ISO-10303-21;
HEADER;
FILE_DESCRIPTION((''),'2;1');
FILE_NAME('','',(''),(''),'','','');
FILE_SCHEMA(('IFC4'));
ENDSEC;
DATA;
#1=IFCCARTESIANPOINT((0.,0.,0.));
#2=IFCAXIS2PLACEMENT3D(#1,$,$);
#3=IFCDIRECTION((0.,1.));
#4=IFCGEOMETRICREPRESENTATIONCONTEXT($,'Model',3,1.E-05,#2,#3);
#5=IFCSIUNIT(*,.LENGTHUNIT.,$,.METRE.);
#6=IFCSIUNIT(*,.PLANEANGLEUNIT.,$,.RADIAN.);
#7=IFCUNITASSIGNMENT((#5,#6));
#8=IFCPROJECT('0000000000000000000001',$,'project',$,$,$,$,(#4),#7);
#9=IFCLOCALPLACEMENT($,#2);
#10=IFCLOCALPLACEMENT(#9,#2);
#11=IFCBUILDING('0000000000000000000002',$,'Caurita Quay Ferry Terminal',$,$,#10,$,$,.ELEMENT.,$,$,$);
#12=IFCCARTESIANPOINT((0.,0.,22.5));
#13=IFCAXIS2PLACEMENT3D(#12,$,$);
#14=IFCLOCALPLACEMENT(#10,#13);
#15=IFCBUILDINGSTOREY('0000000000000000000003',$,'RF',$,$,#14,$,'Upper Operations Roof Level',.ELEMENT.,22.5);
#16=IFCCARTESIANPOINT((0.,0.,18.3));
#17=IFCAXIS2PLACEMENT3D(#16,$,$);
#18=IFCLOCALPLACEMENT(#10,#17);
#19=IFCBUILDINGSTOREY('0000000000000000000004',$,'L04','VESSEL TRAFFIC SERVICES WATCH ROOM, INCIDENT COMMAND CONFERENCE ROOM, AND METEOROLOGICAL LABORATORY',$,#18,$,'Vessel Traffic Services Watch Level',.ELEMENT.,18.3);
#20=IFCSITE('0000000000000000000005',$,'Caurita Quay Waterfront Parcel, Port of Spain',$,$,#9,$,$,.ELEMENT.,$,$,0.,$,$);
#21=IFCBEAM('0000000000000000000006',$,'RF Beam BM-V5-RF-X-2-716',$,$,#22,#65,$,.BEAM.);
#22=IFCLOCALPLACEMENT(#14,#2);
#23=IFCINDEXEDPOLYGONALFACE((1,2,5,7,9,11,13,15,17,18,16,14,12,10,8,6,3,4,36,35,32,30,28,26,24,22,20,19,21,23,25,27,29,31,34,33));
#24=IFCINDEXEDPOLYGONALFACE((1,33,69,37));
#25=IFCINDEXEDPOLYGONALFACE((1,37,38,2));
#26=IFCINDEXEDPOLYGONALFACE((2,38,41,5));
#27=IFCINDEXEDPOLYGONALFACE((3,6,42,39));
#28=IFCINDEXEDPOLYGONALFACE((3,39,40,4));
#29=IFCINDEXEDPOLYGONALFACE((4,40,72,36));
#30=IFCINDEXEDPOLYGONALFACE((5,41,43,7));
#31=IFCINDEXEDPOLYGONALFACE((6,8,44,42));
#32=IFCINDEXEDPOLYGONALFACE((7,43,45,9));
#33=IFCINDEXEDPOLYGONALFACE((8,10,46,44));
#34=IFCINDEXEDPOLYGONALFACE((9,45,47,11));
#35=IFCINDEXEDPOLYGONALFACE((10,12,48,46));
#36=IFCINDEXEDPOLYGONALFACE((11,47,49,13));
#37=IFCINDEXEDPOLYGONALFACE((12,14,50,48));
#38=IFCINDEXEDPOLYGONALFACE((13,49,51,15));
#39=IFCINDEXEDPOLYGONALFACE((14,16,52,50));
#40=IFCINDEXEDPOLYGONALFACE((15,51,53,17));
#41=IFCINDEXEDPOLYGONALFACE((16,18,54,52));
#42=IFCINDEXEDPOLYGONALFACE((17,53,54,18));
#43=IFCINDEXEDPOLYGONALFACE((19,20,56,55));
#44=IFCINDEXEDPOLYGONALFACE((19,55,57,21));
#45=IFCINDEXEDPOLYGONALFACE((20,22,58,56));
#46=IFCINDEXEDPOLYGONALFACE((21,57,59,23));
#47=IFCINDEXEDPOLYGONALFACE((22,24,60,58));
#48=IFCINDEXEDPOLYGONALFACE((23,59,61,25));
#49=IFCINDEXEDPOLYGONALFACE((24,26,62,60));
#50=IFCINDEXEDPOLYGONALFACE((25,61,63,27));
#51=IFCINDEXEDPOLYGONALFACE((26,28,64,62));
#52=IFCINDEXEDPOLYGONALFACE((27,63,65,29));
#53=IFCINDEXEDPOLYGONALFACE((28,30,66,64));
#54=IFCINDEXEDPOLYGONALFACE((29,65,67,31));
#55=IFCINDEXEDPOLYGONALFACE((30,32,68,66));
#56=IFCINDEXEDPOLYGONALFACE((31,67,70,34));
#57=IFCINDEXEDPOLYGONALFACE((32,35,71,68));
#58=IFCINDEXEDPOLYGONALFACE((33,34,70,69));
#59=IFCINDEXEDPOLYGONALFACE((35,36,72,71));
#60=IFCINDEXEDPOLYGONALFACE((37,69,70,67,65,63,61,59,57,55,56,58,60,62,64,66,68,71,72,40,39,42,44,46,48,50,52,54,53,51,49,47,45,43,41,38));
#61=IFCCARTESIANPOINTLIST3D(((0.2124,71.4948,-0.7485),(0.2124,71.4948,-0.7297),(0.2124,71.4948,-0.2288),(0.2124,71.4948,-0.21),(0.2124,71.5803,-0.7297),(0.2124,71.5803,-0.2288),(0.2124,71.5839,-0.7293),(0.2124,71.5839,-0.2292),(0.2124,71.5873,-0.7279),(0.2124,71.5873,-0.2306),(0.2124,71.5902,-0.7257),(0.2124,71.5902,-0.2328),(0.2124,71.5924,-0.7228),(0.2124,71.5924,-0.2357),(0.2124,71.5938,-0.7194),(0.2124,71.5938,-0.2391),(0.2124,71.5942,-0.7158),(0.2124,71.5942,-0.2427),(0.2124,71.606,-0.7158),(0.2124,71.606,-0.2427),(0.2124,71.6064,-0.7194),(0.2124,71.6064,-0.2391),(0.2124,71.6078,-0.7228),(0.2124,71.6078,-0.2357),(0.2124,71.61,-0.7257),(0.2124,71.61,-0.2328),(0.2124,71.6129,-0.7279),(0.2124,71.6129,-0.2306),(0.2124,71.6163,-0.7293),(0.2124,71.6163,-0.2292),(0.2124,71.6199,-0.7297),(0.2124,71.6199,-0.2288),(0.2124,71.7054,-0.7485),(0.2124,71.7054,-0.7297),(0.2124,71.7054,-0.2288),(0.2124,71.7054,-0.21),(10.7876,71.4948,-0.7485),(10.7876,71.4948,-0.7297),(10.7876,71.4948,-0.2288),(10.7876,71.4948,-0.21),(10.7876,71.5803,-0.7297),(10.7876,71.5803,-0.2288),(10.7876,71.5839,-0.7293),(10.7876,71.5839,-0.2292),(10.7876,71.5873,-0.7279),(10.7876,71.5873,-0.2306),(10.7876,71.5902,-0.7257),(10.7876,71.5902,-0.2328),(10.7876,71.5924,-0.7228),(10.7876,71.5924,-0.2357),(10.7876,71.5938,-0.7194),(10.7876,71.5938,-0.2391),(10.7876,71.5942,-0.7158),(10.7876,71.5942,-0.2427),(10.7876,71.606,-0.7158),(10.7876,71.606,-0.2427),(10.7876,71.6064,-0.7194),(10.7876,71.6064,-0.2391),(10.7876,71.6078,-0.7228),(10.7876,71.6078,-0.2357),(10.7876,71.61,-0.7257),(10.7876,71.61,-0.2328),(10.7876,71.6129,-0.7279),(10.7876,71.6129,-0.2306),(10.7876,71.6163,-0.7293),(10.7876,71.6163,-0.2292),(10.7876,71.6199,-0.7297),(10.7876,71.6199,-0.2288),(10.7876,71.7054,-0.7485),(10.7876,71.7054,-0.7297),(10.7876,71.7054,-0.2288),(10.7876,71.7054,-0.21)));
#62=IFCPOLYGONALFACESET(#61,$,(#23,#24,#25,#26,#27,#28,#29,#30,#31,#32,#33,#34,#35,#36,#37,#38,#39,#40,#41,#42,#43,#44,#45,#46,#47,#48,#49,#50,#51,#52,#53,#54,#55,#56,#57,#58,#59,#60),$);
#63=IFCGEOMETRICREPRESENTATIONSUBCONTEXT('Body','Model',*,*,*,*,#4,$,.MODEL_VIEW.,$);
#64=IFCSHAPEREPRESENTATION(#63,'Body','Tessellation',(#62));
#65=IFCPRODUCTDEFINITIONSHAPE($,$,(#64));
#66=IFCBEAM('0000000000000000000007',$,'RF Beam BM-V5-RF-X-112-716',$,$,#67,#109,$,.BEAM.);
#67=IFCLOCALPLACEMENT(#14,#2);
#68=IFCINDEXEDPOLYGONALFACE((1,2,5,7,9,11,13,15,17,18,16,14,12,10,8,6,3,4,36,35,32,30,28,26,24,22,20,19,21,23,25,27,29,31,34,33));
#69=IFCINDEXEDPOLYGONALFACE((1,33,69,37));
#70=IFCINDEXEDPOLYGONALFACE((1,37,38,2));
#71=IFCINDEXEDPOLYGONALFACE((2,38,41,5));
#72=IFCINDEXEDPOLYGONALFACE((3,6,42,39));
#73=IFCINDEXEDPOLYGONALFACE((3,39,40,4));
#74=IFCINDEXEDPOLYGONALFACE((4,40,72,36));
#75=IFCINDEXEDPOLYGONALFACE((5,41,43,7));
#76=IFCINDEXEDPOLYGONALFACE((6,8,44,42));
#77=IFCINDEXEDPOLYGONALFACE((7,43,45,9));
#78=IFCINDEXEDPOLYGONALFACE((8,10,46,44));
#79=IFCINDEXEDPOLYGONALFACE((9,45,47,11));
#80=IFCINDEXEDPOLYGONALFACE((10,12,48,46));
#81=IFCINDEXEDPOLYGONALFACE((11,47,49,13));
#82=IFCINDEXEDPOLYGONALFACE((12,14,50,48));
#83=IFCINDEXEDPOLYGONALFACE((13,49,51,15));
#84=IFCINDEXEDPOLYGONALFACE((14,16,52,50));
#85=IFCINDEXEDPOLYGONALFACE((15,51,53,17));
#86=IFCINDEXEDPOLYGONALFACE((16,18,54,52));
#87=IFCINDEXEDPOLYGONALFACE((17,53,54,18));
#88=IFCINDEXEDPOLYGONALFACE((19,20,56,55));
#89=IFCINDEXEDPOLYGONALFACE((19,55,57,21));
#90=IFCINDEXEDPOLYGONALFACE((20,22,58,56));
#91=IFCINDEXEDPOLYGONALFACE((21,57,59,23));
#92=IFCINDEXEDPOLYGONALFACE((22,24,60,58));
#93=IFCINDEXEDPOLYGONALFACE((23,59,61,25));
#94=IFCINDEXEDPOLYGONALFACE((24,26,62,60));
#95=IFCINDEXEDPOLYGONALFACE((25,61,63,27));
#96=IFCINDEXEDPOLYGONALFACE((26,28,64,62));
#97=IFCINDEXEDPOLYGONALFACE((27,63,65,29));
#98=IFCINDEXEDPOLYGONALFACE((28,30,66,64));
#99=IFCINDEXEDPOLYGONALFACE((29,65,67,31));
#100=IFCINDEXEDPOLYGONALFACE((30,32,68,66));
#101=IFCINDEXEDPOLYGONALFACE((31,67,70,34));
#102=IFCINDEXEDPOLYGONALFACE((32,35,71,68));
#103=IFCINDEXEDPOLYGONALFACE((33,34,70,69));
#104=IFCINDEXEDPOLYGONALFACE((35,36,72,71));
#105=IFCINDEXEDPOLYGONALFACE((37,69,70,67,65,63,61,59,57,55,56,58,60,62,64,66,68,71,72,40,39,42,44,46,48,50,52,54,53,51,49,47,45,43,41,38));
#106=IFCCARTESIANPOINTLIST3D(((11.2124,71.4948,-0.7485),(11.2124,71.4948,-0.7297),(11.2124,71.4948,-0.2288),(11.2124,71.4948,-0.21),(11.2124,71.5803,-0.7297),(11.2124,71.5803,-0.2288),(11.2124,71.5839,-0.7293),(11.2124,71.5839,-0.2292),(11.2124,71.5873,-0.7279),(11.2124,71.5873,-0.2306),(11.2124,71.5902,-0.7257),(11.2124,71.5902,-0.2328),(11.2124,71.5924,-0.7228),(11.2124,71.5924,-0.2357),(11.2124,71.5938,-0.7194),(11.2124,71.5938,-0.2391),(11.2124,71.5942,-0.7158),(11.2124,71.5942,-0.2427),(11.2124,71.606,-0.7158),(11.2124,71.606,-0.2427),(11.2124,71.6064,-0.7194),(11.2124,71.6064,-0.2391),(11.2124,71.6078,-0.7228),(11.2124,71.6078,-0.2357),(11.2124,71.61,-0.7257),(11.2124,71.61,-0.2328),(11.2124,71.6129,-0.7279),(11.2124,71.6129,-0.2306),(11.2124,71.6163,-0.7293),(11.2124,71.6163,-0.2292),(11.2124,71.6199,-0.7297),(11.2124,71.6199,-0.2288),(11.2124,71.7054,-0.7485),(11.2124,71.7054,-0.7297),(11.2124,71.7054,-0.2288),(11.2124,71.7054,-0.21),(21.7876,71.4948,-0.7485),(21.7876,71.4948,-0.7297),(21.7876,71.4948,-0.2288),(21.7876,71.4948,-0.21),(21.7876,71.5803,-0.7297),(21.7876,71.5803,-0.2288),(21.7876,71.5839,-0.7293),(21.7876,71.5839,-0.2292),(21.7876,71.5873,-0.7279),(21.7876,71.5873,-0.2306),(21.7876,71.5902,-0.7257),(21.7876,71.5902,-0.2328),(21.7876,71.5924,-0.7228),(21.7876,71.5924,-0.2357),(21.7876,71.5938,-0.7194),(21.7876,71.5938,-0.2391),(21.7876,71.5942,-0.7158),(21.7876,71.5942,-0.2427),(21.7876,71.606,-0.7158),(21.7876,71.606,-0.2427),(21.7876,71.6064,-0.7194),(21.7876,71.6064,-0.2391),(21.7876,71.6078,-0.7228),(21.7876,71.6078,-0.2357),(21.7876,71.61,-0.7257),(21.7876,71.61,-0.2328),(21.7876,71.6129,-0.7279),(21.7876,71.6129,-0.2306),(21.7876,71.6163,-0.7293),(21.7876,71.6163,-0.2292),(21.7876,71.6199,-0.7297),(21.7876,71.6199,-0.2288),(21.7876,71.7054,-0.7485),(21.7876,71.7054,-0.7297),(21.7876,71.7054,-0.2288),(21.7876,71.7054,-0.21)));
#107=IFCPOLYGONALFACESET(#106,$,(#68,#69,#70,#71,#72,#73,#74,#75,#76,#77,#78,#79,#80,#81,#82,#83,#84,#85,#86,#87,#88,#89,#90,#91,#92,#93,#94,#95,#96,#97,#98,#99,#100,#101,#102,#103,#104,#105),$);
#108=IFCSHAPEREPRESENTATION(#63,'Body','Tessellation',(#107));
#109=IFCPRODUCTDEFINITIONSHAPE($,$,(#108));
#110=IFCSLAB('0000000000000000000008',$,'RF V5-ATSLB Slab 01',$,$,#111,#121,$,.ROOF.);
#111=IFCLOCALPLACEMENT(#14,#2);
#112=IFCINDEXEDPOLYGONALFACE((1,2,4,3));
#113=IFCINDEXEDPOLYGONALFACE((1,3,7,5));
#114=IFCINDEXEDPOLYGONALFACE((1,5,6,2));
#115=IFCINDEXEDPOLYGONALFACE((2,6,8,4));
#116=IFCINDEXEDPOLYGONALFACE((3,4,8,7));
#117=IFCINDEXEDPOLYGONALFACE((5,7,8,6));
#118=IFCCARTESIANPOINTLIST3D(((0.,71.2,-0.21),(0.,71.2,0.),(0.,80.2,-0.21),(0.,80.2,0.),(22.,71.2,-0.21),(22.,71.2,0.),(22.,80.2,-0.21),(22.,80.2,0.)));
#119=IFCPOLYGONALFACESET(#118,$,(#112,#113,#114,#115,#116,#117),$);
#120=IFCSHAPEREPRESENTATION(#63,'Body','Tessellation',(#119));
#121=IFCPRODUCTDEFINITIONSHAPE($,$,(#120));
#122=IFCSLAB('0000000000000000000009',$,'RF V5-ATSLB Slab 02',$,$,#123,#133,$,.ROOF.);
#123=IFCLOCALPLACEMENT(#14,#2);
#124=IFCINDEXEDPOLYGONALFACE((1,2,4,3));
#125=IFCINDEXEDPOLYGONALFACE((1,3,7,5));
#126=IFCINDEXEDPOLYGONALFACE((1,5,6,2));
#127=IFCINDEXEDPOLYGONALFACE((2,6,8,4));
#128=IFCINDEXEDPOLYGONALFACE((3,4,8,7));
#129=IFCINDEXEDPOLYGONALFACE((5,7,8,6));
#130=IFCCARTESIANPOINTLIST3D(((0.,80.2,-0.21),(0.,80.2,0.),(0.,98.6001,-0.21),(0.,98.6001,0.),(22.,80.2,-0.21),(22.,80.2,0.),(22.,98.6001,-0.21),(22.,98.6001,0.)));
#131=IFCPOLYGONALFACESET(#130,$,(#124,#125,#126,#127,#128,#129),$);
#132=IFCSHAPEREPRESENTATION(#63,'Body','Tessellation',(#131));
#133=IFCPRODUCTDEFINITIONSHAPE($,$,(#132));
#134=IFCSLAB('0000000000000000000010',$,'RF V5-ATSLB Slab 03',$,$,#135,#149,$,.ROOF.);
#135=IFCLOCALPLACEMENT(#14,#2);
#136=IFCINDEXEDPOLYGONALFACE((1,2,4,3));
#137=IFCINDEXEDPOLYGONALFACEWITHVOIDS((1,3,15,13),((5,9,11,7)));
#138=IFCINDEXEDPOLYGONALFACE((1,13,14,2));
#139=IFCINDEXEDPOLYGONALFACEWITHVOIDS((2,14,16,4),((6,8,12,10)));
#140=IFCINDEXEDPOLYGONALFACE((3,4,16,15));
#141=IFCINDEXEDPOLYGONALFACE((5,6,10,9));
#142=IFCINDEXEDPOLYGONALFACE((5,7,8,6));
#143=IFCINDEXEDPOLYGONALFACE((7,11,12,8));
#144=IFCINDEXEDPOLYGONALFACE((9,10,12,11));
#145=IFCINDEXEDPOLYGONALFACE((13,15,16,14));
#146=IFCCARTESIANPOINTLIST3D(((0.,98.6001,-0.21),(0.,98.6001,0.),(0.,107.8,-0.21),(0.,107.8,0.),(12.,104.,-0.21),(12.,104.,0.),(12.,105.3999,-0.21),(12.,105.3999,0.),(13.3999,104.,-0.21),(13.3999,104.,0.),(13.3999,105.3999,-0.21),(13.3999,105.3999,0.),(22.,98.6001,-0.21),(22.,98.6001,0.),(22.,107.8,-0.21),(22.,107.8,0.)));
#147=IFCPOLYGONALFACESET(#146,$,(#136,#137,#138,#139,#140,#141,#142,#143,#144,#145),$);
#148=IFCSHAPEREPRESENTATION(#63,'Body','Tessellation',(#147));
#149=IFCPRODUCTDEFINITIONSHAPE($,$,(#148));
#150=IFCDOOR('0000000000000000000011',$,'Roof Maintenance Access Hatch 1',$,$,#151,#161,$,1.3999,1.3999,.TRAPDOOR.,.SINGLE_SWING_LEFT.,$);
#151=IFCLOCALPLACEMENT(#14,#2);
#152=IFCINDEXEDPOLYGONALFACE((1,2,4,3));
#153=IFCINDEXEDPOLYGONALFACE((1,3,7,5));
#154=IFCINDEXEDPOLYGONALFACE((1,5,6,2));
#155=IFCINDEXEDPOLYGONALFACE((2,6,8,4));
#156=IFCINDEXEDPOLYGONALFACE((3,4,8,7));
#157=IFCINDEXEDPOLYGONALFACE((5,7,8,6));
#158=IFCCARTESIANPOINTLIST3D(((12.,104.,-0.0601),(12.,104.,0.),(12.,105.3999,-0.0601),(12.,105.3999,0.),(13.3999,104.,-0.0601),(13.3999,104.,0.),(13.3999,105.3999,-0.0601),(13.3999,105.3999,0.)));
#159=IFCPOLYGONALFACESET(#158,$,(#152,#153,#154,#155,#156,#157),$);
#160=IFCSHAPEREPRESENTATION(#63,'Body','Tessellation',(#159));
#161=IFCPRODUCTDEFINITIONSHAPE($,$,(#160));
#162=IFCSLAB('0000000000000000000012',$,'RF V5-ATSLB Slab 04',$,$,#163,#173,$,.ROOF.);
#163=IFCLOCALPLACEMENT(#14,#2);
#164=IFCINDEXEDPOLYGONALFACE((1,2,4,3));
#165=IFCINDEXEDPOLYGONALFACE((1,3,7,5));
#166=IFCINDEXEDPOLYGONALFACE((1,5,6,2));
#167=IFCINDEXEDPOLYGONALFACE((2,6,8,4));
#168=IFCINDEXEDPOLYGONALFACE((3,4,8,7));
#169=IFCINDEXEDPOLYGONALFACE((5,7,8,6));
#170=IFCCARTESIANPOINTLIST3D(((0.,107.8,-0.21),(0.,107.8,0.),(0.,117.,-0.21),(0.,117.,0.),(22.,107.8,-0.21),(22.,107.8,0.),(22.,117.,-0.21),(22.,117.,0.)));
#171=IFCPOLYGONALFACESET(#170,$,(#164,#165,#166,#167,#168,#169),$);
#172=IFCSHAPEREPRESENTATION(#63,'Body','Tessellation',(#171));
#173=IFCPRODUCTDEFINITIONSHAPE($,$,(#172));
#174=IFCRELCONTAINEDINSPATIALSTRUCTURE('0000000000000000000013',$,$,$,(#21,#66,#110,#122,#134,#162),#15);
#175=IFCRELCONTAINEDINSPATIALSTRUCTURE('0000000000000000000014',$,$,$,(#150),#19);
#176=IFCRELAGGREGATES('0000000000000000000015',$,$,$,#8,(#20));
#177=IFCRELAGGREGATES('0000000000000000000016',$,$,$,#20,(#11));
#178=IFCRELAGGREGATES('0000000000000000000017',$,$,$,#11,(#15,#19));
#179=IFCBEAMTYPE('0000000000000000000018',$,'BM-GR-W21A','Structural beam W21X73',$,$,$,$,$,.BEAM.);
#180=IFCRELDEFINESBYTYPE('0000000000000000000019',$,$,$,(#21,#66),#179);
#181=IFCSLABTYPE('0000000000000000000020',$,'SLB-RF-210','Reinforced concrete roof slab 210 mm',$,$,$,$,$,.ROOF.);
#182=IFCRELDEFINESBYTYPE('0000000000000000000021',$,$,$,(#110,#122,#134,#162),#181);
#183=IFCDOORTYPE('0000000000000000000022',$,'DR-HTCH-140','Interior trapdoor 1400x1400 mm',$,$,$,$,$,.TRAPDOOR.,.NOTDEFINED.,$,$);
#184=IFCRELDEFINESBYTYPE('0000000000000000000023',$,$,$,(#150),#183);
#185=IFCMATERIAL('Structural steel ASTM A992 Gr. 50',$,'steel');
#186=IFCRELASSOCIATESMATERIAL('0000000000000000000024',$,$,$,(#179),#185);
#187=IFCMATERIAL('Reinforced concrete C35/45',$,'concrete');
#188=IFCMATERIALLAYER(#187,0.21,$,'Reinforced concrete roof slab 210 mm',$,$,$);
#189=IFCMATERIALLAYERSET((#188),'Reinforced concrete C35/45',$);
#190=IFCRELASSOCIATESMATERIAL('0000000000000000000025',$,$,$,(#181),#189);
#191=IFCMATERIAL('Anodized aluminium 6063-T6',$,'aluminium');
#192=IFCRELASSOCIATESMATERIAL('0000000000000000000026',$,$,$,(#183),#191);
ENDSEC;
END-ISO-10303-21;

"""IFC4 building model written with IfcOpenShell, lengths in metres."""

from ifc_helpers import new_model, si_unit, direction, frame, origin, origin_2d, place, context, subcontext, project, spatial, polyline, rectangle, i_section, outline, extrude, material, layer, layer_set, material_profile, profile_set, type_object, element, fill, save


model = new_model("IFC4")

# Units and contexts
model_context = context("Model", 3, precision=1e-05, world=origin(), true_north=direction((0.0, 1.0)))
body_context = subcontext(model_context, "Body", "Model", "MODEL_VIEW")
ifc_project = project(units=[si_unit("LENGTHUNIT", "METRE"), si_unit("PLANEANGLEUNIT", "RADIAN")], contexts=[model_context])

# Site, building, storey
site_placement = place(None, origin())
site = spatial("IfcSite", under=ifc_project, at=site_placement, Name="Caurita Quay Waterfront Parcel, Port of Spain", CompositionType="ELEMENT", RefElevation=0.0)
building_placement = place(site_placement, origin())
building = spatial("IfcBuilding", under=site, at=building_placement, Name="Caurita Quay Ferry Terminal", CompositionType="ELEMENT")
storey_1_placement = place(building_placement, frame((0.0, 0.0, 22.5)))
storey_1 = spatial("IfcBuildingStorey", under=building, at=storey_1_placement, Name="RF", LongName="Upper Operations Roof Level", CompositionType="ELEMENT", Elevation=22.5)

# Beams
ifc_material_1 = material(Name="Structural steel ASTM A992 Gr. 50", Category="steel")
ifc_material_profile = material_profile(ifc_material_1, i_section(OverallWidth=0.2107, OverallDepth=0.5386, WebThickness=0.0117, FlangeThickness=0.0188, FilletRadius=0.0139, at=origin_2d()), Name="W21X73")
ifc_profile_set = profile_set([ifc_material_profile], Name="Structural steel ASTM A992 Gr. 50")
beam_type = type_object("IfcBeamType", Name="BM-GR-W21A", Description="Structural beam W21X73", PredefinedType="BEAM", material=ifc_profile_set)
for number, where, z_axis, x_axis, name in (
    (1, (0.2124, 71.6001, -0.4792), (1.0, 0.0, 0.0), (0.0, 1.0, 0.0), "RF Beam BM-V5-RF-X-2-716"),
    (2, (11.2124, 71.6001, -0.4792), (1.0, 0.0, 0.0), (0.0, 1.0, 0.0), "RF Beam BM-V5-RF-X-112-716"),
):
    element("IfcBeam", number, at=place(storey_1_placement, frame(where, z_axis=z_axis, x_axis=x_axis)), inside=storey_1, type_object=beam_type, Name=name, PredefinedType="BEAM", context=body_context, shape_type="SweptSolid", body=[
        extrude(i_section(OverallWidth=0.2107, OverallDepth=0.5386, WebThickness=0.0117, FlangeThickness=0.0188, FilletRadius=0.0139, at=origin_2d()), origin(), (0.0, 0.0, 1.0), 10.5752),
    ])

# Slabs
ifc_material_2 = material(Name="Reinforced concrete C35/45", Category="concrete")
ifc_layer_1 = layer(ifc_material_2, 0.21, Name="Reinforced concrete roof slab 210 mm")
ifc_layer_set_1 = layer_set([ifc_layer_1], Name="Reinforced concrete C35/45")
slab_type = type_object("IfcSlabType", Name="SLB-RF-210", Description="Reinforced concrete roof slab 210 mm", PredefinedType="ROOF", material=ifc_layer_set_1)
slab_1_placement = place(storey_1_placement, frame((0.0, 0.0, -0.21)))
element("IfcSlab", 3, at=slab_1_placement, inside=storey_1, type_object=slab_type, Name="RF V5-ATSLB Slab 01", PredefinedType="ROOF", context=body_context, shape_type="SweptSolid", body=[
    extrude(outline(polyline([(0.0, 71.2), (22.0, 71.2), (22.0, 80.2), (0.0, 80.2), (0.0, 71.2)])), origin(), (0.0, 0.0, 1.0), 0.21),
])
slab_2_placement = place(storey_1_placement, frame((0.0, 0.0, -0.21)))
element("IfcSlab", 4, at=slab_2_placement, inside=storey_1, type_object=slab_type, Name="RF V5-ATSLB Slab 02", PredefinedType="ROOF", context=body_context, shape_type="SweptSolid", body=[
    extrude(outline(polyline([(0.0, 80.2), (22.0, 80.2), (22.0, 98.6001), (0.0, 98.6001), (0.0, 80.2)])), origin(), (0.0, 0.0, 1.0), 0.21),
])

# Slab, opening
slab_3_placement = place(storey_1_placement, frame((0.0, 0.0, -0.21)))
slab_3 = element("IfcSlab", 5, at=slab_3_placement, inside=storey_1, type_object=slab_type, Name="RF V5-ATSLB Slab 03", PredefinedType="ROOF", context=body_context, shape_type="SweptSolid", body=[
    extrude(outline(polyline([(0.0, 98.6001), (22.0, 98.6001), (22.0, 107.8), (0.0, 107.8), (0.0, 98.6001)])), origin(), (0.0, 0.0, 1.0), 0.21),
])
opening_1_placement = place(slab_3_placement, frame((12.7, 104.7, -0.01)))
opening_1 = element("IfcOpeningElement", 6, at=opening_1_placement, cuts=slab_3, PredefinedType="OPENING", context=body_context, shape_type="SweptSolid", body=[
    extrude(rectangle(XDim=1.3999, YDim=1.3999, at=origin_2d()), origin(), (0.0, 0.0, 1.0), 0.23),
])

# Shared definitions
storey_2_placement = place(building_placement, frame((0.0, 0.0, 18.3)))
storey_2 = spatial("IfcBuildingStorey", under=building, at=storey_2_placement, Name="L04", Description="VESSEL TRAFFIC SERVICES WATCH ROOM, INCIDENT COMMAND CONFERENCE ROOM, AND METEOROLOGICAL LABORATORY", LongName="Vessel Traffic Services Watch Level", CompositionType="ELEMENT", Elevation=18.3)

# Door
ifc_material_3 = material(Name="Anodized aluminium 6063-T6", Category="aluminium")
door_type = type_object("IfcDoorType", Name="DR-HTCH-140", Description="Interior trapdoor 1400x1400 mm", OperationType="NOTDEFINED", PredefinedType="TRAPDOOR", material=ifc_material_3)
door_1_placement = place(slab_3_placement, frame((12.7, 104.7, 0.1499)))
door_1 = element("IfcDoor", 7, at=door_1_placement, inside=storey_2, type_object=door_type, Name="Roof Maintenance Access Hatch 1", OperationType="SINGLE_SWING_LEFT", OverallHeight=1.3999, OverallWidth=1.3999, PredefinedType="TRAPDOOR", context=body_context, shape_type="SweptSolid", body=[
    extrude(rectangle(XDim=1.3999, YDim=1.3999, at=origin_2d()), origin(), (0.0, 0.0, 1.0), 0.0601),
])
fill(opening_1, door_1)

# Slab
slab_4_placement = place(storey_1_placement, frame((0.0, 0.0, -0.21)))
element("IfcSlab", 8, at=slab_4_placement, inside=storey_1, type_object=slab_type, Name="RF V5-ATSLB Slab 04", PredefinedType="ROOF", context=body_context, shape_type="SweptSolid", body=[
    extrude(outline(polyline([(0.0, 107.8), (22.0, 107.8), (22.0, 117.0), (0.0, 117.0), (0.0, 107.8)])), origin(), (0.0, 0.0, 1.0), 0.21),
])

save(model, "model.ifc")
